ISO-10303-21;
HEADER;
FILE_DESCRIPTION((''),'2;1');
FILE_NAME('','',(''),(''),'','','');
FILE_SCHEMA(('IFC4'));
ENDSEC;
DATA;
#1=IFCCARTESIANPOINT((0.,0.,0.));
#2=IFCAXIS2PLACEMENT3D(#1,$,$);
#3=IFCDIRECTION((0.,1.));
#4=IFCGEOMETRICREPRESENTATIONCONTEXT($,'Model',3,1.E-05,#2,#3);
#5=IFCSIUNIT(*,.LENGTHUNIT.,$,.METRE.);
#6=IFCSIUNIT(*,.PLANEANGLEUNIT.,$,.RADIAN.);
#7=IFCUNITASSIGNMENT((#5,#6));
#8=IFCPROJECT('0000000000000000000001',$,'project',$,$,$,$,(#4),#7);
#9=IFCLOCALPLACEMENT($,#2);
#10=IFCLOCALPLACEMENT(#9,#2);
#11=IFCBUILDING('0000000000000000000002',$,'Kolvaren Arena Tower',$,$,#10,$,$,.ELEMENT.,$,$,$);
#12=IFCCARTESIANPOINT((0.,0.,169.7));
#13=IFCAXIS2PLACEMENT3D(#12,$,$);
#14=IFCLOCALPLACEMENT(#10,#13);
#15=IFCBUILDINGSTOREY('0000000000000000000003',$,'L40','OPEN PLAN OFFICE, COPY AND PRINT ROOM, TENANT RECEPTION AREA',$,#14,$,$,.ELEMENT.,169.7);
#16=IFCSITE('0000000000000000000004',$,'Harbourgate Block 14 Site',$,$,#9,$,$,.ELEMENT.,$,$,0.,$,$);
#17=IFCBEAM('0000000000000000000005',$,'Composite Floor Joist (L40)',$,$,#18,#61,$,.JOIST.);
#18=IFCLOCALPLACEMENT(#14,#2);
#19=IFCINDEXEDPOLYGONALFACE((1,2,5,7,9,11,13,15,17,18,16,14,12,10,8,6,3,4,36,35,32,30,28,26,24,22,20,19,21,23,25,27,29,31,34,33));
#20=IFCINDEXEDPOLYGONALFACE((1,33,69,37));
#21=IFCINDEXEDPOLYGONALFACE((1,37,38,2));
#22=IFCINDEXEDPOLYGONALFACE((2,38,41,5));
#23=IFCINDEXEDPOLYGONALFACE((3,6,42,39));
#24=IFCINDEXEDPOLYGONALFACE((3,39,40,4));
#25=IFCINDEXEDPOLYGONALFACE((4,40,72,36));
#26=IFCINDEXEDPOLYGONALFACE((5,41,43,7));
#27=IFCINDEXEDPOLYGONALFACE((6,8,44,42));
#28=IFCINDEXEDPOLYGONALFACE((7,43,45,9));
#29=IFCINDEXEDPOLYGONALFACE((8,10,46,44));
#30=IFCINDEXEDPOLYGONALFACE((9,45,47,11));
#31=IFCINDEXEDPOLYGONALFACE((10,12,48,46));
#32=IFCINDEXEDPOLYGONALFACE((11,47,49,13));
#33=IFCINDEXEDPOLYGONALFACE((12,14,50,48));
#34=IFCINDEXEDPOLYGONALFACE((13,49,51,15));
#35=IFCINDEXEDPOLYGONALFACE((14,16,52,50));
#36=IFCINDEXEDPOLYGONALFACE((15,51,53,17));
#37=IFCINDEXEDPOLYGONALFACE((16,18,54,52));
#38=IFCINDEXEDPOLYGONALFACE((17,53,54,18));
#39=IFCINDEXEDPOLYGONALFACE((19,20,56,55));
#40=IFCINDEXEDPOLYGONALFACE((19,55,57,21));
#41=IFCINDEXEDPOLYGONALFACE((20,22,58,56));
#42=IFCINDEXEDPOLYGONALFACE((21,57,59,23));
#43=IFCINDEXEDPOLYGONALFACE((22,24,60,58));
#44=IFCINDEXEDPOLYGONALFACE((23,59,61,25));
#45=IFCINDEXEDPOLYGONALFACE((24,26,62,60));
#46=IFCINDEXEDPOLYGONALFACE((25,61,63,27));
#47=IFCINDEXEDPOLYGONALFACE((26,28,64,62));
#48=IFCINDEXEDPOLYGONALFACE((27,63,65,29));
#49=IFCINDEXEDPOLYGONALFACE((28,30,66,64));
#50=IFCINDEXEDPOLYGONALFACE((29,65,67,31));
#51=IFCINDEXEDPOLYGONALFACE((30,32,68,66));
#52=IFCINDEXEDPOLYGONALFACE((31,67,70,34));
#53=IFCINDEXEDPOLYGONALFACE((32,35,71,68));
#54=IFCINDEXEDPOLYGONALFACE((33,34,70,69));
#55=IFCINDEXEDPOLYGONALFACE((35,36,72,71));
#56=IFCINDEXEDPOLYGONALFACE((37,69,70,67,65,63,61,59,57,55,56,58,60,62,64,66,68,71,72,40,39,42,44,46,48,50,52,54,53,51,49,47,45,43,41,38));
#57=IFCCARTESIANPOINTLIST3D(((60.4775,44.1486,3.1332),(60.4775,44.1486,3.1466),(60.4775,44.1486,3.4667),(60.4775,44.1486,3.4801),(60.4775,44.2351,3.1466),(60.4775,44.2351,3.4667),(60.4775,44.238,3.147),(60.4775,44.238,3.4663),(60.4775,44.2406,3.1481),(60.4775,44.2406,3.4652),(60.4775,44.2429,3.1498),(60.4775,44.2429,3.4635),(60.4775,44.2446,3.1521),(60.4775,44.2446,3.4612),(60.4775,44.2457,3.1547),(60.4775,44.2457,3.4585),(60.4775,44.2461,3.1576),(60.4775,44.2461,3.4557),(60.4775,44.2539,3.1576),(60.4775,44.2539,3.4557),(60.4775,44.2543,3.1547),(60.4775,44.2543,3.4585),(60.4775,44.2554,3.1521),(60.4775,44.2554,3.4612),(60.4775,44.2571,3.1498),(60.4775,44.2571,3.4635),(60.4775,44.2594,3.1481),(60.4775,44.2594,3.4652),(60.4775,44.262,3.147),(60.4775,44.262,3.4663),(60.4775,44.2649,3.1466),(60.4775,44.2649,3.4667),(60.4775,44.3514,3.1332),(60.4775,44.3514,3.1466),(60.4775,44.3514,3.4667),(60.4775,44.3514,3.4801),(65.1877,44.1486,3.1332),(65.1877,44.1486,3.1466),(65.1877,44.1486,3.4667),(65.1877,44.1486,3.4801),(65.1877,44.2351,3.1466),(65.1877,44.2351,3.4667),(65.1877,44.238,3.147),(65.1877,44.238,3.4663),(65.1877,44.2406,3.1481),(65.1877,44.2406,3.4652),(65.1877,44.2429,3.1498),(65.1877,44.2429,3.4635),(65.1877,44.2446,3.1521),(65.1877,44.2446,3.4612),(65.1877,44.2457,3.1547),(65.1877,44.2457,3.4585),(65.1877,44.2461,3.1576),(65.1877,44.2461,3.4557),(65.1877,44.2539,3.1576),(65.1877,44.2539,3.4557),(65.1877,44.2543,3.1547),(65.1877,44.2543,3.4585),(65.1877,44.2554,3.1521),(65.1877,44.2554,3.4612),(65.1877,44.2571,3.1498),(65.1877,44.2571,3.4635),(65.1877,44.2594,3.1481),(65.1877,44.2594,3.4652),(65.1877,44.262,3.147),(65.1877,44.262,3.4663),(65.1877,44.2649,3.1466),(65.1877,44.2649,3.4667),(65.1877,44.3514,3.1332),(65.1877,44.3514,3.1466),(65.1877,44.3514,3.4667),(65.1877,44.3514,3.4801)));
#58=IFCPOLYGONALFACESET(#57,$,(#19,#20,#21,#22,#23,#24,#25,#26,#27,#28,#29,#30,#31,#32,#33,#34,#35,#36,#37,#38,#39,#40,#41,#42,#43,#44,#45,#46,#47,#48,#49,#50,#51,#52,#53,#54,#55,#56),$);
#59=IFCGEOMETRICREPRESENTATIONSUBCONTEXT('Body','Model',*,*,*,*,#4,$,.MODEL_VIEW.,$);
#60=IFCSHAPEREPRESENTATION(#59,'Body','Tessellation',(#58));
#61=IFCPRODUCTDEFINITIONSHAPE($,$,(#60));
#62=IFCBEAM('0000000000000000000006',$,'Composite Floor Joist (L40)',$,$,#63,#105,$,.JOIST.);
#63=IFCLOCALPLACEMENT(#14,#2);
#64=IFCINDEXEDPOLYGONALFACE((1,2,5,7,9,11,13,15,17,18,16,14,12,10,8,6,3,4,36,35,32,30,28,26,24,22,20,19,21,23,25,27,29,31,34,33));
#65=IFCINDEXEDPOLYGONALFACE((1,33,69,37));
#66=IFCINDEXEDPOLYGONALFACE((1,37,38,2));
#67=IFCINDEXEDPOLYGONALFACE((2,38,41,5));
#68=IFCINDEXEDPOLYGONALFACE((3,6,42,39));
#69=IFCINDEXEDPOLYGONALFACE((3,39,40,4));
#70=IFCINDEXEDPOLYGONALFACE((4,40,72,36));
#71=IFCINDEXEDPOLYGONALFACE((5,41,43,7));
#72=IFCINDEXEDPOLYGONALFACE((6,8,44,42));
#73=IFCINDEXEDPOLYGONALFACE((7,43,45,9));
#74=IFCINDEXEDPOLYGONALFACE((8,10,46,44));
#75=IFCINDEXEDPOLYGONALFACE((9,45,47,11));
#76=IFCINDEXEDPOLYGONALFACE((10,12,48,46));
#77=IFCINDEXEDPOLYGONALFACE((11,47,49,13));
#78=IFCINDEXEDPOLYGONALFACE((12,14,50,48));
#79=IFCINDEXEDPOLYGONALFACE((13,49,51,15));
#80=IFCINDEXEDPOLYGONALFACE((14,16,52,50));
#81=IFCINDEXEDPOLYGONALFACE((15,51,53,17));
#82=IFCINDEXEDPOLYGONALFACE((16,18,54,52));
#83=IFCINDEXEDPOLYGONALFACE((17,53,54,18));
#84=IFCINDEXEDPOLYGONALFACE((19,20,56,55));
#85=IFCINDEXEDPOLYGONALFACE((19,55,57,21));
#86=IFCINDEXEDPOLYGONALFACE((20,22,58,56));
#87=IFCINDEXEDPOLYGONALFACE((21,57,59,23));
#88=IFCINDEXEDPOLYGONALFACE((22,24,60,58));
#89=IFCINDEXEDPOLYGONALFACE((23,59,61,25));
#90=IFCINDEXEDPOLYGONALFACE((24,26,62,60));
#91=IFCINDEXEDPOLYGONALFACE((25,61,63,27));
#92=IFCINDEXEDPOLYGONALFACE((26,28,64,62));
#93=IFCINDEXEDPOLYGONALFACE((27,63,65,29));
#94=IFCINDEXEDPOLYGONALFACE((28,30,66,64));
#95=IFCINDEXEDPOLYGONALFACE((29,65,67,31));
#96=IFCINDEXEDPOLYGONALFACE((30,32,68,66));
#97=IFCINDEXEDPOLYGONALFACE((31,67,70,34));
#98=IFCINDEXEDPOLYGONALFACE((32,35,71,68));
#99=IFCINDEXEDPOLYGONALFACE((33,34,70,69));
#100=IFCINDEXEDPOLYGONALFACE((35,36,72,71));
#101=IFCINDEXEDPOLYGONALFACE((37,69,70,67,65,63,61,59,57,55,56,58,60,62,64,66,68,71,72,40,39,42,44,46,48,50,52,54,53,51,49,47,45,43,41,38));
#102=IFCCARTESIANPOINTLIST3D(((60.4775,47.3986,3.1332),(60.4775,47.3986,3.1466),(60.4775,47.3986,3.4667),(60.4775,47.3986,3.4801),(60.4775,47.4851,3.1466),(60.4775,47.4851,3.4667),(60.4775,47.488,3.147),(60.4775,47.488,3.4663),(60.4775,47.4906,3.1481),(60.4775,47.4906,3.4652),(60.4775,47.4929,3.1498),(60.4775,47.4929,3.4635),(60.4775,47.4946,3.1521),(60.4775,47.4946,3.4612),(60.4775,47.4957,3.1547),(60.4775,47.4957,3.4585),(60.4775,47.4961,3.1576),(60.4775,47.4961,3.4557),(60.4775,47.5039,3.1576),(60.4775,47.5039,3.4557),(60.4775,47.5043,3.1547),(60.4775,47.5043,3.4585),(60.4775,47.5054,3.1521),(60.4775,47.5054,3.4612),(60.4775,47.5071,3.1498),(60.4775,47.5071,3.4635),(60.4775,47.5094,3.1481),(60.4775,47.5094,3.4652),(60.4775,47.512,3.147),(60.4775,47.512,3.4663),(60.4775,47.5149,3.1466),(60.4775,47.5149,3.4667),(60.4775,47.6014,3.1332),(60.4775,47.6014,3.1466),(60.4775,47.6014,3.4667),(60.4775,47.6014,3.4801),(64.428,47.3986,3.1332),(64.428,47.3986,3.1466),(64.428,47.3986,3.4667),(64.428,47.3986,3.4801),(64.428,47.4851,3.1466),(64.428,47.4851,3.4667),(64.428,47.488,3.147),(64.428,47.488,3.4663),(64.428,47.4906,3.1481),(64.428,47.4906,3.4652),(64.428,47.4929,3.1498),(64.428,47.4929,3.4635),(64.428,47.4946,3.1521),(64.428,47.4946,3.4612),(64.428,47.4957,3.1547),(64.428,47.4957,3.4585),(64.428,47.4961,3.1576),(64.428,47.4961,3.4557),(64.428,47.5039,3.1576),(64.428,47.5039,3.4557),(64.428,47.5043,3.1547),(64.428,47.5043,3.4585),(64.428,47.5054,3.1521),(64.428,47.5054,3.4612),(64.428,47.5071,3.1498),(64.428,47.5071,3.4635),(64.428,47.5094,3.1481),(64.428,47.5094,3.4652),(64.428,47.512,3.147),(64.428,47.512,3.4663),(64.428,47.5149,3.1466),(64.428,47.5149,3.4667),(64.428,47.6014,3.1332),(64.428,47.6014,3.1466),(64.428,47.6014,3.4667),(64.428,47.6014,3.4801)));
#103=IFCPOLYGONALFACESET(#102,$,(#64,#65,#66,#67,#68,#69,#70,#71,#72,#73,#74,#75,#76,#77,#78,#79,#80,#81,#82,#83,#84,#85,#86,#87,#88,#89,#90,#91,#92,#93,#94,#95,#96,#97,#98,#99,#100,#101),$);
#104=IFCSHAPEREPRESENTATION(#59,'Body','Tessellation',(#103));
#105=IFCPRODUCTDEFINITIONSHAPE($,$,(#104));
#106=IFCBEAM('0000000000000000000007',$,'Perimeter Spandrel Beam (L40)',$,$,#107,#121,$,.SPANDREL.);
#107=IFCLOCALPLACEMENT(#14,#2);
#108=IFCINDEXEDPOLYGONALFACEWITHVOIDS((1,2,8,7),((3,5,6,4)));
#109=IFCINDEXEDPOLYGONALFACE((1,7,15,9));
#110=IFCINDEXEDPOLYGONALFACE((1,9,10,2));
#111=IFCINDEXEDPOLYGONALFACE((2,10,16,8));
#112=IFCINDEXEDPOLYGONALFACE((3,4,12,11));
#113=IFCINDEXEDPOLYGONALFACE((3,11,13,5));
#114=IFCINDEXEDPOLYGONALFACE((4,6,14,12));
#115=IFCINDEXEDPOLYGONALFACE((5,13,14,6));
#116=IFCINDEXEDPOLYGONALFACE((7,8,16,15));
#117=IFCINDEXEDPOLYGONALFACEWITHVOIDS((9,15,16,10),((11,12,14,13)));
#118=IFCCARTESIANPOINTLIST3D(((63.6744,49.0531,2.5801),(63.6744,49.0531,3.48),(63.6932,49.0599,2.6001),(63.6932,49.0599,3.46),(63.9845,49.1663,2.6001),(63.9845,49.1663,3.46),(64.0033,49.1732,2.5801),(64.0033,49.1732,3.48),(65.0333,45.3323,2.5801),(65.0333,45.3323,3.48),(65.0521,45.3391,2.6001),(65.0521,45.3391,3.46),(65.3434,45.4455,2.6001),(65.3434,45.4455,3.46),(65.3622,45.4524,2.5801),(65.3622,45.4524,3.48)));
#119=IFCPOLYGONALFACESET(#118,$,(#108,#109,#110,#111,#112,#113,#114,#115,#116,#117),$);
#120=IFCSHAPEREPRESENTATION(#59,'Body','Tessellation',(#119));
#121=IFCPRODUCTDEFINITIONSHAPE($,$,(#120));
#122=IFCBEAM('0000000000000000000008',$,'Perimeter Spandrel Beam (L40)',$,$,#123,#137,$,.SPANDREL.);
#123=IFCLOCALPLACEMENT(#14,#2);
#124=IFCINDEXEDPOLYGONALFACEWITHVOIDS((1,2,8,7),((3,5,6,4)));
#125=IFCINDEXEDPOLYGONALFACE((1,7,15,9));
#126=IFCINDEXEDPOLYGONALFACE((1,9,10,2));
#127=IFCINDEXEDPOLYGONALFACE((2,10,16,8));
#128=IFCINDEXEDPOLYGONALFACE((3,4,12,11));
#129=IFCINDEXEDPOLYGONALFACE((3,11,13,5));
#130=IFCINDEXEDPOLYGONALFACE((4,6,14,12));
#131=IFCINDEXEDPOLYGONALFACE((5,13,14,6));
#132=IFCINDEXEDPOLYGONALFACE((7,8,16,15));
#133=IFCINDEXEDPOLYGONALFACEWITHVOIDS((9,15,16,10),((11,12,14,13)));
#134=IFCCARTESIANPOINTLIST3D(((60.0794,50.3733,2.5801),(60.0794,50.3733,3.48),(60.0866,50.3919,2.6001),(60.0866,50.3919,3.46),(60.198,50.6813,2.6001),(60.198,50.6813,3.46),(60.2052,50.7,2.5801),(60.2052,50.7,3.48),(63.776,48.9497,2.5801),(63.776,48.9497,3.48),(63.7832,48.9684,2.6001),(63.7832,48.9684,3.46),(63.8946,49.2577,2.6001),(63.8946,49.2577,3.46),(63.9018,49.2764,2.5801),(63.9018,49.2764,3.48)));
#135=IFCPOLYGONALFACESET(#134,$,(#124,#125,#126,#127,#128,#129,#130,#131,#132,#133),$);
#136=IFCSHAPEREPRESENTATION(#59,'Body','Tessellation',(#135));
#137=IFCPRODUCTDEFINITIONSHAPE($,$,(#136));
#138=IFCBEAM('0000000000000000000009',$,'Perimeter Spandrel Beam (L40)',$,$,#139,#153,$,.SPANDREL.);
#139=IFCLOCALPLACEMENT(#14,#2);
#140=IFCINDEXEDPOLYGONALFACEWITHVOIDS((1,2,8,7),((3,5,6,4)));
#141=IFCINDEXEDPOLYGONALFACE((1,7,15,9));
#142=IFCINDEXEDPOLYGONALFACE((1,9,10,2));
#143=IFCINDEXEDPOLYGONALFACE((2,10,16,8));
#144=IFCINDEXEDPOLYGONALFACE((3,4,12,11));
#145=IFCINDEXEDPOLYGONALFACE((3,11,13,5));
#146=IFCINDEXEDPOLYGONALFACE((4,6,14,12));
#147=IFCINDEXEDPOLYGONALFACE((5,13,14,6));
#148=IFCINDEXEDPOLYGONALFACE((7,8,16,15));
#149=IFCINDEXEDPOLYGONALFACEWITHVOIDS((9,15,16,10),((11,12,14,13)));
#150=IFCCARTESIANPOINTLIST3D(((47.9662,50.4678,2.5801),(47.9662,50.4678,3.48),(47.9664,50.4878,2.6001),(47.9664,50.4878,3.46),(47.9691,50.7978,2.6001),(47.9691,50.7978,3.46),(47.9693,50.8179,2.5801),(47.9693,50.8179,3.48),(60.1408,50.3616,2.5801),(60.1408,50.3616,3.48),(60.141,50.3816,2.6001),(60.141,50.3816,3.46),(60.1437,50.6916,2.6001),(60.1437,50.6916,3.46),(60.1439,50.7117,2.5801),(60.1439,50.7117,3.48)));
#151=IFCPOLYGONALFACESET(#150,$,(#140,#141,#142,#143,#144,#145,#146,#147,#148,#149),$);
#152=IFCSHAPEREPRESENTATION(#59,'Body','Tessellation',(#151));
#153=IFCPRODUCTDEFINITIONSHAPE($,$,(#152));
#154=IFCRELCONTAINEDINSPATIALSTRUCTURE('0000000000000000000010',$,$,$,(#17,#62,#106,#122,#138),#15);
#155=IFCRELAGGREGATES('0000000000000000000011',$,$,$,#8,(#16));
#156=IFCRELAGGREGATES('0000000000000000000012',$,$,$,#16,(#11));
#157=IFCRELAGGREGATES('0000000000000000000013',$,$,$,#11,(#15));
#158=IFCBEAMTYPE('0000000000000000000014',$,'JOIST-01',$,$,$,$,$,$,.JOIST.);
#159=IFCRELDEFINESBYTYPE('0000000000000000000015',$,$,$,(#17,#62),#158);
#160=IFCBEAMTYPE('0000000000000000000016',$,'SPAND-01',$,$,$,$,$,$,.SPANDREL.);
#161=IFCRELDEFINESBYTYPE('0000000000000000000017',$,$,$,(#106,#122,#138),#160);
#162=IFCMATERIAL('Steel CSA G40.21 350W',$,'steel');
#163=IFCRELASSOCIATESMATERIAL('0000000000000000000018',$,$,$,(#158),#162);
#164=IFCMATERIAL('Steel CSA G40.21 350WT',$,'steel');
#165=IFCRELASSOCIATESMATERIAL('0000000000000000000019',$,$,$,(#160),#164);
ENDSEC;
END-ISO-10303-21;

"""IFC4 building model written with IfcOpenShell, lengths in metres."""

from ifc_helpers import new_model, si_unit, direction, frame, origin, origin_2d, place, context, subcontext, project, spatial, hollow_rectangle, i_section, extrude, material, material_profile, profile_set, type_object, element, save


model = new_model("IFC4")

# Units and contexts
model_context = context("Model", 3, precision=1e-05, world=origin(), true_north=direction((0.0, 1.0)))
body_context = subcontext(model_context, "Body", "Model", "MODEL_VIEW")
ifc_project = project(units=[si_unit("LENGTHUNIT", "METRE"), si_unit("PLANEANGLEUNIT", "RADIAN")], contexts=[model_context])

# Site, building, storey
site_placement = place(None, origin())
site = spatial("IfcSite", under=ifc_project, at=site_placement, Name="Harbourgate Block 14 Site", CompositionType="ELEMENT", RefElevation=0.0)
building_placement = place(site_placement, origin())
building = spatial("IfcBuilding", under=site, at=building_placement, Name="Kolvaren Arena Tower", CompositionType="ELEMENT")
storey_placement = place(building_placement, frame((0.0, 0.0, 169.7)))
storey = spatial("IfcBuildingStorey", under=building, at=storey_placement, Name="L40", Description="OPEN PLAN OFFICE, COPY AND PRINT ROOM, TENANT RECEPTION AREA", CompositionType="ELEMENT", Elevation=169.7)

# Beams
ifc_material_1 = material(Name="Steel CSA G40.21 350W", Category="steel")
ifc_material_profile_1 = material_profile(ifc_material_1, i_section(OverallWidth=0.2029, OverallDepth=0.3469, WebThickness=0.0078, FlangeThickness=0.0134, FilletRadius=0.011, at=origin_2d()), Name="W360x64")
ifc_profile_set_1 = profile_set([ifc_material_profile_1], Name="Steel CSA G40.21 350W")
beam_type_1 = type_object("IfcBeamType", Name="JOIST-01", PredefinedType="JOIST", material=ifc_profile_set_1)
beam_1_placement = place(storey_placement, frame((60.4775, 44.25, 3.3066), z_axis=(1.0, 0.0, 0.0), x_axis=(0.0, 1.0, 0.0)))
element("IfcBeam", 1, at=beam_1_placement, inside=storey, type_object=beam_type_1, Name="Composite Floor Joist (L40)", PredefinedType="JOIST", context=body_context, shape_type="SweptSolid", body=[
    extrude(i_section(OverallWidth=0.2029, OverallDepth=0.3469, WebThickness=0.0078, FlangeThickness=0.0134, FilletRadius=0.011, at=origin_2d()), origin(), (0.0, 0.0, 1.0), 4.7102),
])
beam_2_placement = place(storey_placement, frame((60.4775, 47.5, 3.3066), z_axis=(1.0, 0.0, 0.0), x_axis=(0.0, 1.0, 0.0)))
element("IfcBeam", 2, at=beam_2_placement, inside=storey, type_object=beam_type_1, Name="Composite Floor Joist (L40)", PredefinedType="JOIST", context=body_context, shape_type="SweptSolid", body=[
    extrude(i_section(OverallWidth=0.2029, OverallDepth=0.3469, WebThickness=0.0078, FlangeThickness=0.0134, FilletRadius=0.011, at=origin_2d()), origin(), (0.0, 0.0, 1.0), 3.9504),
])
ifc_material_2 = material(Name="Steel CSA G40.21 350WT", Category="steel")
ifc_material_profile_2 = material_profile(ifc_material_2, hollow_rectangle(XDim=0.3501, YDim=0.8999, WallThickness=0.02, at=origin_2d()), Name="HSS 900x350x20")
ifc_profile_set_2 = profile_set([ifc_material_profile_2], Name="Steel CSA G40.21 350WT")
beam_type_2 = type_object("IfcBeamType", Name="SPAND-01", PredefinedType="SPANDREL", material=ifc_profile_set_2)
for number, where, z_axis, x_axis, name in (
    (3, (65.1978, 45.3923, 3.03), (-0.343059, 0.939314, 0.0), (-0.939314, -0.343059, 0.0), "Perimeter Spandrel Beam (L40)"),
    (4, (63.8389, 49.113, 3.03), (-0.93319, 0.359384, 0.0), (-0.359384, -0.93319, 0.0), "Perimeter Spandrel Beam (L40)"),
):
    element("IfcBeam", number, at=place(storey_placement, frame(where, z_axis=z_axis, x_axis=x_axis)), inside=storey, type_object=beam_type_2, Name=name, PredefinedType="SPANDREL", context=body_context, shape_type="SweptSolid", body=[
        extrude(hollow_rectangle(XDim=0.3501, YDim=0.8999, WallThickness=0.02, at=origin_2d()), origin(), (0.0, 0.0, 1.0), 3.9612),
    ])
beam_3_placement = place(storey_placement, frame((60.1423, 50.5366, 3.03), z_axis=(-0.999962, 0.008723, 0.0), x_axis=(-0.008723, -0.999962, 0.0)))
element("IfcBeam", 5, at=beam_3_placement, inside=storey, type_object=beam_type_2, Name="Perimeter Spandrel Beam (L40)", PredefinedType="SPANDREL", context=body_context, shape_type="SweptSolid", body=[
    extrude(hollow_rectangle(XDim=0.3501, YDim=0.8999, WallThickness=0.02, at=origin_2d()), origin(), (0.0, 0.0, 1.0), 12.175),
])

save(model, "model.ifc")
